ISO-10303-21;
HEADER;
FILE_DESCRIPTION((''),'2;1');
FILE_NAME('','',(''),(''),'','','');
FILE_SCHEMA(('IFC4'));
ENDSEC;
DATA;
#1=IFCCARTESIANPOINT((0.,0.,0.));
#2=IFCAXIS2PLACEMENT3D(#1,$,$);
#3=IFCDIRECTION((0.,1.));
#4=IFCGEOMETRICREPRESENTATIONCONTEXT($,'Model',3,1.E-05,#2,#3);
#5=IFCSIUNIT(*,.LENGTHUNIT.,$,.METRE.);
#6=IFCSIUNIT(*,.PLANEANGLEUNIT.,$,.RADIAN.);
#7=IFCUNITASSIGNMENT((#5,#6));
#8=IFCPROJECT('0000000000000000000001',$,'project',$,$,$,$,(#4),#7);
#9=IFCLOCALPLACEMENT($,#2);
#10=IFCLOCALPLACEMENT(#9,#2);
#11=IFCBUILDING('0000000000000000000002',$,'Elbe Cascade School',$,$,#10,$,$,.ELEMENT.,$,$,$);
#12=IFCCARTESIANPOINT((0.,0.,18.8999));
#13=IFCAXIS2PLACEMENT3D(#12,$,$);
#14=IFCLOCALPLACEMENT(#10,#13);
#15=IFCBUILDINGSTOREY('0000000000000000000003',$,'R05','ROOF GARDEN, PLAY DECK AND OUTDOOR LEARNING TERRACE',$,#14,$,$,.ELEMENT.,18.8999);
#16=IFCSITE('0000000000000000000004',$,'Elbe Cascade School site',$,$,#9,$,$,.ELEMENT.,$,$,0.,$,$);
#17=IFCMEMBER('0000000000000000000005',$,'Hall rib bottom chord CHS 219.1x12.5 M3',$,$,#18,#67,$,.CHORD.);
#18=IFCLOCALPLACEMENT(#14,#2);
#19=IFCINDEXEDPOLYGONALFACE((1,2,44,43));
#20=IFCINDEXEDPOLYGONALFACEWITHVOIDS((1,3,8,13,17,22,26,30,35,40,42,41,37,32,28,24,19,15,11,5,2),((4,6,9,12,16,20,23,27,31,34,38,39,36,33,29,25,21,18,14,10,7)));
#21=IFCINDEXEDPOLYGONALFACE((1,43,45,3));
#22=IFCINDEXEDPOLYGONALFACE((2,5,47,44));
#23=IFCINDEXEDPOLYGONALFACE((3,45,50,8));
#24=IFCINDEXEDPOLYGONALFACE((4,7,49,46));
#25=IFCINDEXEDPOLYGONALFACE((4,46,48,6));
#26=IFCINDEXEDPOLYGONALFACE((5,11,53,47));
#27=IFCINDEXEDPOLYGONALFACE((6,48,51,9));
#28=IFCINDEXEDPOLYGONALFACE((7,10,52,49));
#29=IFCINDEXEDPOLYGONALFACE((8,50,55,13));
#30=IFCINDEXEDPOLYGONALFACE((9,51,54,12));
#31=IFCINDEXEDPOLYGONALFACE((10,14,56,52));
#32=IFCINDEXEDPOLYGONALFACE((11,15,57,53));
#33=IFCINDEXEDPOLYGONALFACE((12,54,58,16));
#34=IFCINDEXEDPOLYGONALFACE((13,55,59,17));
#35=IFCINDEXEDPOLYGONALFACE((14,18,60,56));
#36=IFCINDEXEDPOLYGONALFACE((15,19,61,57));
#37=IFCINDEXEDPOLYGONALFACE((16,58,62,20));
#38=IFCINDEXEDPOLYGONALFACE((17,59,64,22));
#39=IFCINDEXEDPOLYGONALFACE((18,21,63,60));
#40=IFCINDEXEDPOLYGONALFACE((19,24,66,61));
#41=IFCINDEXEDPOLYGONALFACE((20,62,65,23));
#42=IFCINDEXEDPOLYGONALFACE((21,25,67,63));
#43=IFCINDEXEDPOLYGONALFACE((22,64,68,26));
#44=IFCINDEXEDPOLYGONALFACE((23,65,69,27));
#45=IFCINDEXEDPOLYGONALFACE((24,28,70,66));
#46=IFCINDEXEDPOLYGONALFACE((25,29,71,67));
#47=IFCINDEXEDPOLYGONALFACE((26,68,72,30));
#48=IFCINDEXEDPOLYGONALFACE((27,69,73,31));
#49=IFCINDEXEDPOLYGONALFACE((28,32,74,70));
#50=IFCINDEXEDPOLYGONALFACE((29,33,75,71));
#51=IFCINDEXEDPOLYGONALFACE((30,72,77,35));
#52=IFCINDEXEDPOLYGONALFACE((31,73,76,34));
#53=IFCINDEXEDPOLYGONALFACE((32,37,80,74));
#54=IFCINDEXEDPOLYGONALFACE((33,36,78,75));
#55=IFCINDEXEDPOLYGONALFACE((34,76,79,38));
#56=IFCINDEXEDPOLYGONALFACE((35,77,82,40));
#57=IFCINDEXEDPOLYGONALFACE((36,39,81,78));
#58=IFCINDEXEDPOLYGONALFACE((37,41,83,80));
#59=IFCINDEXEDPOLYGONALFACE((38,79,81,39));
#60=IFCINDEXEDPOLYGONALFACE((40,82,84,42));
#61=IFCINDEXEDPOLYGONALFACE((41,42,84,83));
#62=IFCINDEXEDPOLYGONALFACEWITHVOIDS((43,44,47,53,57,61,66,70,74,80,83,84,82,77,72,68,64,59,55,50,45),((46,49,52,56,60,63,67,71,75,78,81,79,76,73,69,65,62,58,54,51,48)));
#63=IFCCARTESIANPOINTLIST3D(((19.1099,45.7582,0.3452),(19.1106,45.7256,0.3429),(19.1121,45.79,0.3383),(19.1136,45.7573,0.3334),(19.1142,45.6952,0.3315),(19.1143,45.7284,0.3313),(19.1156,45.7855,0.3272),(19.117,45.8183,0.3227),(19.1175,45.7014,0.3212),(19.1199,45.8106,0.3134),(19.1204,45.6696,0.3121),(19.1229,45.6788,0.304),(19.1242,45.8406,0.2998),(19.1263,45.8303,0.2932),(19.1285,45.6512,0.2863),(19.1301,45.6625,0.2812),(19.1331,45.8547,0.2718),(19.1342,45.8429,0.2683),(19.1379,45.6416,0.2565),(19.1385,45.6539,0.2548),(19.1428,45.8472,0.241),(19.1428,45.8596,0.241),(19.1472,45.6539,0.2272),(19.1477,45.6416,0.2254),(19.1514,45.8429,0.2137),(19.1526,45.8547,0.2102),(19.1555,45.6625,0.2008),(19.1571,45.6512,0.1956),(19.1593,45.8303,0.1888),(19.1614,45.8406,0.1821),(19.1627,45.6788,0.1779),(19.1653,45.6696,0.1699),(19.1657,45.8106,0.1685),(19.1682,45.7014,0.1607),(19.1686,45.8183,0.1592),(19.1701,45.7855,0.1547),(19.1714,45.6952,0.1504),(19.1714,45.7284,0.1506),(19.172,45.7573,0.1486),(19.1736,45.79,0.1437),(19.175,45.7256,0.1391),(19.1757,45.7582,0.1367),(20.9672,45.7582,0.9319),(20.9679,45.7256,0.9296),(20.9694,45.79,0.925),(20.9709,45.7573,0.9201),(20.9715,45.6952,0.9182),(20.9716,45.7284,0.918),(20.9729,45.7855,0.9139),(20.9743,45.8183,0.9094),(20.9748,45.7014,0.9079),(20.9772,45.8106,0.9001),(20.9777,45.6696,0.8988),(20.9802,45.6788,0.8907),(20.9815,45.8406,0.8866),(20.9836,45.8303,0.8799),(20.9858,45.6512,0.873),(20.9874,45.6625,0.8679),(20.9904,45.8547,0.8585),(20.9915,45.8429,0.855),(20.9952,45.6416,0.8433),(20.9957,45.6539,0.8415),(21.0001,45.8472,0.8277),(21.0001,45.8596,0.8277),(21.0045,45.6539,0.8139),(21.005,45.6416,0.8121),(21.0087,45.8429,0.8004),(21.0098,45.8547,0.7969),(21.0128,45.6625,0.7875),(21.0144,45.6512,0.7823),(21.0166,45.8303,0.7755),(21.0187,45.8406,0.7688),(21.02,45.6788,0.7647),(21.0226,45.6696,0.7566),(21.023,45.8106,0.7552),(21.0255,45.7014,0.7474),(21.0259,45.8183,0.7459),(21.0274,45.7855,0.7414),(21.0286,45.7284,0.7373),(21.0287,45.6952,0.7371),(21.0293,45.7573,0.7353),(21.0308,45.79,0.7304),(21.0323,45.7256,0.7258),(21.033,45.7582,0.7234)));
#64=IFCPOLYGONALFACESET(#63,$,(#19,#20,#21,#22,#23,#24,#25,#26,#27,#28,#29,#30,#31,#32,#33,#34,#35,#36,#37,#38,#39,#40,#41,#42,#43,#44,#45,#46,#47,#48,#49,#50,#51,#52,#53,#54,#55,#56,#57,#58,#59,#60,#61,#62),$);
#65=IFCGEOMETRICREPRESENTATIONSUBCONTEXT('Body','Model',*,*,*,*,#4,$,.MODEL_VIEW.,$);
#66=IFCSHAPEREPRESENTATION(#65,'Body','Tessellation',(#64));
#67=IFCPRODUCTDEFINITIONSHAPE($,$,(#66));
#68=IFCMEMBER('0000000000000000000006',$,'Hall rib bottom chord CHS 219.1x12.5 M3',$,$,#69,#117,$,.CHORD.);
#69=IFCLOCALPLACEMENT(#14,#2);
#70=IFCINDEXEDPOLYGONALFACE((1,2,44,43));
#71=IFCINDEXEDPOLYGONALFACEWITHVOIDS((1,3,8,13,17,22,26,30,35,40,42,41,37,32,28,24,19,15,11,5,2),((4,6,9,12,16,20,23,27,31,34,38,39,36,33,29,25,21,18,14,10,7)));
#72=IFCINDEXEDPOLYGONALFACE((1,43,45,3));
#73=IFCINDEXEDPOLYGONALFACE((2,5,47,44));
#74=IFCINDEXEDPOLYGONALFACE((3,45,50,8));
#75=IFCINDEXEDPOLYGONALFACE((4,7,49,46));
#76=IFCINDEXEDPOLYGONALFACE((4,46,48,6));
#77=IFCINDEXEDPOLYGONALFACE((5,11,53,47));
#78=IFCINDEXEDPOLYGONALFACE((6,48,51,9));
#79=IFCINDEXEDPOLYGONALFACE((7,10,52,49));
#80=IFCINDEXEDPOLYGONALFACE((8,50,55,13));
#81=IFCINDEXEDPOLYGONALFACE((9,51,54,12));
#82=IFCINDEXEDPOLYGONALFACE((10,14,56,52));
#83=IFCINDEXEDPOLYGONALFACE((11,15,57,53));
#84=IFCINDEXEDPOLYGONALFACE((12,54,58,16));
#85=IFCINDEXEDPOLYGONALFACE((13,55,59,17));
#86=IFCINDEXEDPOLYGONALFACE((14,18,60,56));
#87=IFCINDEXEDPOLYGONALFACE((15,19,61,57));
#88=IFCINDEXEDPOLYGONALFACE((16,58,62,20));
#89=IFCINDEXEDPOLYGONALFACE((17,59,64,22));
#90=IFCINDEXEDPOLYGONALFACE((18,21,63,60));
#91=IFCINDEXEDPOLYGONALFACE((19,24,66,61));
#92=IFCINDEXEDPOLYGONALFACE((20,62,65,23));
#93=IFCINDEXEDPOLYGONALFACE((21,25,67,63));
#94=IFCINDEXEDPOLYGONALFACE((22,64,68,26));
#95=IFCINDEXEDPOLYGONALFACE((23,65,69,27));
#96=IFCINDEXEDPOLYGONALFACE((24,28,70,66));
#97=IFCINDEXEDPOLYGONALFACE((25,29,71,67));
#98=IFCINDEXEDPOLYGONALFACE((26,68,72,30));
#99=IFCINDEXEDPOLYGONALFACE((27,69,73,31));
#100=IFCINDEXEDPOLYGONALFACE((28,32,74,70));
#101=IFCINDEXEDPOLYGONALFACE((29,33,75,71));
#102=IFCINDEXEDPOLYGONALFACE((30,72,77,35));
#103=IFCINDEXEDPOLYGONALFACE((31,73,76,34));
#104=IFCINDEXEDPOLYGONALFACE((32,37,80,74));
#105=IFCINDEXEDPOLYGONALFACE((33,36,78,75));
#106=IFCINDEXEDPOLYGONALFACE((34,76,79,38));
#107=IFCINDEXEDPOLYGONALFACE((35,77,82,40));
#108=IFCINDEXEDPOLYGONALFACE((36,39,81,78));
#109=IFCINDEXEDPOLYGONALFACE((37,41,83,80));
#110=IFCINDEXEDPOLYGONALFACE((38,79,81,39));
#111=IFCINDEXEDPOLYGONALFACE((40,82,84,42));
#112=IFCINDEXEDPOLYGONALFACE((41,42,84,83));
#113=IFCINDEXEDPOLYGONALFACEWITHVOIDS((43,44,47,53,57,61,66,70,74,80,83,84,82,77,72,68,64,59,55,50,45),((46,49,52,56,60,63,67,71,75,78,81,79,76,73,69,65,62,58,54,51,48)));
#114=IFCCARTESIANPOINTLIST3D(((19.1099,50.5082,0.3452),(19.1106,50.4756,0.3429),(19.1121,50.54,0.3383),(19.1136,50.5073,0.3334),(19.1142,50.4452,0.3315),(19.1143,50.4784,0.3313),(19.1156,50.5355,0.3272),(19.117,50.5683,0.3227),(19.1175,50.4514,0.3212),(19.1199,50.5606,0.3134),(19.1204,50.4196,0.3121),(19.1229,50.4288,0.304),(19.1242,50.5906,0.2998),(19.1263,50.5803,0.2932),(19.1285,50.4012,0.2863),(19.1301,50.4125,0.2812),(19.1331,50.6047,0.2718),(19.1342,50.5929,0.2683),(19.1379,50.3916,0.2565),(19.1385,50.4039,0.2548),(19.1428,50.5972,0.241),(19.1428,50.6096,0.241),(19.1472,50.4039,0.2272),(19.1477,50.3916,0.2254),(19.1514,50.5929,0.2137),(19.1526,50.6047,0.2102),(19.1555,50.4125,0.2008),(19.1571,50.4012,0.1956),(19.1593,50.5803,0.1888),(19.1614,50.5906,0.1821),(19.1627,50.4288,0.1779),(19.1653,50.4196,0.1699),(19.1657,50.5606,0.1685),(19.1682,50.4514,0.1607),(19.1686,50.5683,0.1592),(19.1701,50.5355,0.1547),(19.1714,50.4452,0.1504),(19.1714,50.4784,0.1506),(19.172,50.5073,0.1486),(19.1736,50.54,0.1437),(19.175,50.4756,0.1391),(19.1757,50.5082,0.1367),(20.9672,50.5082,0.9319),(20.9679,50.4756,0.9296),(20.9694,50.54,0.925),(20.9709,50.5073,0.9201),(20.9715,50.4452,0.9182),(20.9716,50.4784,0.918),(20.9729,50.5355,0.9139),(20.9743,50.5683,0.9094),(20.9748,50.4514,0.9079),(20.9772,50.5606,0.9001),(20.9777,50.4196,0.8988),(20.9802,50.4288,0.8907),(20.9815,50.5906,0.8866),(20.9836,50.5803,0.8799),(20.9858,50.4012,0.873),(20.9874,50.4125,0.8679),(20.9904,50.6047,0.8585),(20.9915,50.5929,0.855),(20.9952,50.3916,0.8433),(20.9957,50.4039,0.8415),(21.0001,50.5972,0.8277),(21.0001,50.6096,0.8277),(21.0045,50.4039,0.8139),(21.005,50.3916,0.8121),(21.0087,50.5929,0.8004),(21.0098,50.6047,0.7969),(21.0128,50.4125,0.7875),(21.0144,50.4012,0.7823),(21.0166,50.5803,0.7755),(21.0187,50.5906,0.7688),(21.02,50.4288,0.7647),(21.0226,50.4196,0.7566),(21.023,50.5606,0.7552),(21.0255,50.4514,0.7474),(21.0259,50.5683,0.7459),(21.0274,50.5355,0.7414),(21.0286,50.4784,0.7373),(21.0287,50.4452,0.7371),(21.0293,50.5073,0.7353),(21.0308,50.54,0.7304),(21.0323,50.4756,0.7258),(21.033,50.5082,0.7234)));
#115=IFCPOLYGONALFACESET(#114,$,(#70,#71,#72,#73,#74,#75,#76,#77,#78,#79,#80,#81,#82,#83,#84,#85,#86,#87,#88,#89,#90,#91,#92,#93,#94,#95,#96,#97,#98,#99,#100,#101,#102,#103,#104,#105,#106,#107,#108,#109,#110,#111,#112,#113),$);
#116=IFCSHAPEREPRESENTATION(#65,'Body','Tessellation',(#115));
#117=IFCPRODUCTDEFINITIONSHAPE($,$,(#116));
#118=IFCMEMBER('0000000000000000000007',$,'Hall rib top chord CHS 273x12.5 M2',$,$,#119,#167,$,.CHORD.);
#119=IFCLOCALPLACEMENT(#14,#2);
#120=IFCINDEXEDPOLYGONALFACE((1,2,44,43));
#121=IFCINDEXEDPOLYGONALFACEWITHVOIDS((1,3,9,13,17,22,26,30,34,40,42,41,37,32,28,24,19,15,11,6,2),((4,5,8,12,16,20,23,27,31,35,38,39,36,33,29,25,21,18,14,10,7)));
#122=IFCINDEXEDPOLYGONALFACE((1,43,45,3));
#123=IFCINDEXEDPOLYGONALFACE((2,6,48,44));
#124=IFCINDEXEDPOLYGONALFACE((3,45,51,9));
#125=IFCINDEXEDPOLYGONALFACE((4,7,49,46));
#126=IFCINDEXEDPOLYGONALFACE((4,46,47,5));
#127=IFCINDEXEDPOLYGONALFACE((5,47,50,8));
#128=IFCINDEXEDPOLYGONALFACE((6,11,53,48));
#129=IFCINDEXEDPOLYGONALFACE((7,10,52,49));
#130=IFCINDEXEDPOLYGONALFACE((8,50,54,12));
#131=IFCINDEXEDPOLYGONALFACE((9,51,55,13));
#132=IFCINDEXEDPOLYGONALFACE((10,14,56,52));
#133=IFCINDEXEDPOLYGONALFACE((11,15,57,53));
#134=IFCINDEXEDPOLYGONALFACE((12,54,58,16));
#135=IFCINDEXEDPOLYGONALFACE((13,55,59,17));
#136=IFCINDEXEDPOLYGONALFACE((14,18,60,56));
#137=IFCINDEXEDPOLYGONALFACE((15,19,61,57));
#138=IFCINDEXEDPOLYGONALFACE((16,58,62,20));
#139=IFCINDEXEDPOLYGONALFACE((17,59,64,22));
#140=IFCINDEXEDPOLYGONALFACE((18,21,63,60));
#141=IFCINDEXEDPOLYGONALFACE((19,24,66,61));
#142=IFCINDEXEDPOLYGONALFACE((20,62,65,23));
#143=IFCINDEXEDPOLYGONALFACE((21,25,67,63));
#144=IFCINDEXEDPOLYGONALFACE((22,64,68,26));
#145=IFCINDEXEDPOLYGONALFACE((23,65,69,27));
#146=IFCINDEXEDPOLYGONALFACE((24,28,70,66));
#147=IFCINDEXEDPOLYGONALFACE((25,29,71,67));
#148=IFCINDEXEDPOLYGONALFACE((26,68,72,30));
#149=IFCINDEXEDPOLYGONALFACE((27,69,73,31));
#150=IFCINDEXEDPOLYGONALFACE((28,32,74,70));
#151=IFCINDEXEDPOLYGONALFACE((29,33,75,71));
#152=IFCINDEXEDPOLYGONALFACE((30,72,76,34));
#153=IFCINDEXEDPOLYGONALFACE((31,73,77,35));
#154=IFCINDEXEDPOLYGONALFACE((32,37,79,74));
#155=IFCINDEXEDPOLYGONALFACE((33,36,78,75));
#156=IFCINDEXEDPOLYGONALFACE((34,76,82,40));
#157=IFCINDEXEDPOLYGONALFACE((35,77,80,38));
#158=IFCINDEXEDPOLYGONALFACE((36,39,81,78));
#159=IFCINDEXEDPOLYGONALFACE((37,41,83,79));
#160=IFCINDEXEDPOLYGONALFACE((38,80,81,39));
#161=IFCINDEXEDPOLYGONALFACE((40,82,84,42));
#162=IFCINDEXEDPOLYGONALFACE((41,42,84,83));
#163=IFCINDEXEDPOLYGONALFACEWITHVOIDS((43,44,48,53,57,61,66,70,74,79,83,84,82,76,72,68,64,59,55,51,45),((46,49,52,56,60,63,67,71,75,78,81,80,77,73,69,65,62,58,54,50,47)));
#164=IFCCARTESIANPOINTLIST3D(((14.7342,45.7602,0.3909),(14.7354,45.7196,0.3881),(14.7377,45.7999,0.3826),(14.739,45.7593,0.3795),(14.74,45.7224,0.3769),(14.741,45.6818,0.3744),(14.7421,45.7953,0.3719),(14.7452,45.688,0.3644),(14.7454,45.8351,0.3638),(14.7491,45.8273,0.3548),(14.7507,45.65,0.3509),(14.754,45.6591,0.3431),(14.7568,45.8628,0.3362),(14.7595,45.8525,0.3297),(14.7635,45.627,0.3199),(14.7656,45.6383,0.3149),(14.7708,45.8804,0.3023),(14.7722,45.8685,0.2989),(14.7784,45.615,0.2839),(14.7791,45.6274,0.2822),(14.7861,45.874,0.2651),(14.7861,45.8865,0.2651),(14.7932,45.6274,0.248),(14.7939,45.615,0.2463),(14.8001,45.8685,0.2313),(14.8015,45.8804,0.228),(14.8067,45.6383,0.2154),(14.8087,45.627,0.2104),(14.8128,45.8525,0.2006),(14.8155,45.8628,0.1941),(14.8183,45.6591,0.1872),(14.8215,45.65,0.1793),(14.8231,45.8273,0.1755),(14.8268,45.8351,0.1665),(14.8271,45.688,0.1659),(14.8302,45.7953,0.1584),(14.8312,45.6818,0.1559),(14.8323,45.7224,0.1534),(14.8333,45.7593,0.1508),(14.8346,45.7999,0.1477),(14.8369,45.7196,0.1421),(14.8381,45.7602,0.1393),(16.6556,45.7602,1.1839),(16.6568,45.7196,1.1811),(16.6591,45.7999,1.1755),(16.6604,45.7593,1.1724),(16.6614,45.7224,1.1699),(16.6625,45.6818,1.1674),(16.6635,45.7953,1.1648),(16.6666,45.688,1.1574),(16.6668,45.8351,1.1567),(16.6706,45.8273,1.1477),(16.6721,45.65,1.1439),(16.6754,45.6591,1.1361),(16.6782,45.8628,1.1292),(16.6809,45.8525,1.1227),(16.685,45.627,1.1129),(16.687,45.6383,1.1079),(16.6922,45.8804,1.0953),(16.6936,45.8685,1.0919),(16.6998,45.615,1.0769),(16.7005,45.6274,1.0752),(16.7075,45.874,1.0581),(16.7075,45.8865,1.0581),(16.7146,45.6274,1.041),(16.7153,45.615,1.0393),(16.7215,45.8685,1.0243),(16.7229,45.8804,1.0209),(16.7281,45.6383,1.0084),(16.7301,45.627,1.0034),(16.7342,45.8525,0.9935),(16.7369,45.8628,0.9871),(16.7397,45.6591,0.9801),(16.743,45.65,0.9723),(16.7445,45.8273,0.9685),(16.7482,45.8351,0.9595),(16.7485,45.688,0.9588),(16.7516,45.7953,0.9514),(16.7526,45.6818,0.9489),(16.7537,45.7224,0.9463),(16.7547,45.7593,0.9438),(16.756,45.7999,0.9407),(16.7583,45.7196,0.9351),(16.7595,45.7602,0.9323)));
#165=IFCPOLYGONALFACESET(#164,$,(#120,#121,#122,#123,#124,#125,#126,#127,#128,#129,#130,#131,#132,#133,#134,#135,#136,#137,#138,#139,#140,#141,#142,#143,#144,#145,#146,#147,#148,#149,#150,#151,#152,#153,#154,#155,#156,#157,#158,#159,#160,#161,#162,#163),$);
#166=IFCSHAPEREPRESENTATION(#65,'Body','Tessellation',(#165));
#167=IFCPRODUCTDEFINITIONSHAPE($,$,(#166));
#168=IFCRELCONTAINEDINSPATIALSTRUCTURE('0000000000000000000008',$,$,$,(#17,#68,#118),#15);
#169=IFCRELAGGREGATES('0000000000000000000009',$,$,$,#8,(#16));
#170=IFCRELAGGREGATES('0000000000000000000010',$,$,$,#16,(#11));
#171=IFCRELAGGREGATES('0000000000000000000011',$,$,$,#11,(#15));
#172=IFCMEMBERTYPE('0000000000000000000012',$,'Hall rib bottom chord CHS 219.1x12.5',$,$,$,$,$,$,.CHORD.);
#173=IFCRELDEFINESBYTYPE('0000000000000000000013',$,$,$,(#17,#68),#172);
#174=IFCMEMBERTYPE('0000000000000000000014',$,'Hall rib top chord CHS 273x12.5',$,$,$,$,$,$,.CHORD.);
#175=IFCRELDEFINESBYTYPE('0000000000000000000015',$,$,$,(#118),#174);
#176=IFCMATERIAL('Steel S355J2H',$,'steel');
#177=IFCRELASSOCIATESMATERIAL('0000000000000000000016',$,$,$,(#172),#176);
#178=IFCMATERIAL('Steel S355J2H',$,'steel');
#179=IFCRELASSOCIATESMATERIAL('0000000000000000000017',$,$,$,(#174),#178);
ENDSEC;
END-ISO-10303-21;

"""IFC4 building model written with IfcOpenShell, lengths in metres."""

from ifc_helpers import new_model, si_unit, direction, frame, origin, origin_2d, place, context, subcontext, project, spatial, hollow_circle, extrude, material, material_profile, profile_set, type_object, element, save


model = new_model("IFC4")

# Units and contexts
model_context = context("Model", 3, precision=1e-05, world=origin(), true_north=direction((0.0, 1.0)))
body_context = subcontext(model_context, "Body", "Model", "MODEL_VIEW")
ifc_project = project(units=[si_unit("LENGTHUNIT", "METRE"), si_unit("PLANEANGLEUNIT", "RADIAN")], contexts=[model_context])

# Site, building, storey
site_placement = place(None, origin())
site = spatial("IfcSite", under=ifc_project, at=site_placement, Name="Elbe Cascade School site", CompositionType="ELEMENT", RefElevation=0.0)
building_placement = place(site_placement, origin())
building = spatial("IfcBuilding", under=site, at=building_placement, Name="Elbe Cascade School", CompositionType="ELEMENT")
storey_placement = place(building_placement, frame((0.0, 0.0, 18.8999)))
storey = spatial("IfcBuildingStorey", under=building, at=storey_placement, Name="R05", Description="ROOF GARDEN, PLAY DECK AND OUTDOOR LEARNING TERRACE", CompositionType="ELEMENT", Elevation=18.8999)

# Members
ifc_material_1 = material(Name="Steel S355J2H", Category="steel")
ifc_material_profile_1 = material_profile(ifc_material_1, hollow_circle(Radius=0.1096, WallThickness=0.0125, at=origin_2d()), Name="CHS 219.1x12.5")
ifc_profile_set_1 = profile_set([ifc_material_profile_1], Name="Steel S355J2H")
member_type_1 = type_object("IfcMemberType", Name="Hall rib bottom chord CHS 219.1x12.5", PredefinedType="CHORD", material=ifc_profile_set_1)
for number, where, z_axis, x_axis, name in (
    (1, (19.1428, 45.75, 0.241), (0.953554, 0.0, 0.301221), (0.0, 1.0, 0.0), "Hall rib bottom chord CHS 219.1x12.5 M3"),
    (2, (19.1428, 50.5, 0.241), (0.953554, 0.0, 0.301221), (0.0, 1.0, 0.0), "Hall rib bottom chord CHS 219.1x12.5 M3"),
):
    element("IfcMember", number, at=place(storey_placement, frame(where, z_axis=z_axis, x_axis=x_axis)), inside=storey, type_object=member_type_1, Name=name, PredefinedType="CHORD", context=body_context, shape_type="SweptSolid", body=[
        extrude(hollow_circle(Radius=0.1096, WallThickness=0.0125, at=origin_2d()), origin(), (0.0, 0.0, 1.0), 1.9478),
    ])
ifc_material_2 = material(Name="Steel S355J2H", Category="steel")
ifc_material_profile_2 = material_profile(ifc_material_2, hollow_circle(Radius=0.1365, WallThickness=0.0125, at=origin_2d()), Name="CHS 273x12.5")
ifc_profile_set_2 = profile_set([ifc_material_profile_2], Name="Steel S355J2H")
member_type_2 = type_object("IfcMemberType", Name="Hall rib top chord CHS 273x12.5", PredefinedType="CHORD", material=ifc_profile_set_2)
member_1_placement = place(storey_placement, frame((14.7861, 45.75, 0.2651), z_axis=(0.924371, 0.0, 0.381494), x_axis=(0.0, 1.0, 0.0)))
element("IfcMember", 3, at=member_1_placement, inside=storey, type_object=member_type_2, Name="Hall rib top chord CHS 273x12.5 M2", PredefinedType="CHORD", context=body_context, shape_type="SweptSolid", body=[
    extrude(hollow_circle(Radius=0.1365, WallThickness=0.0125, at=origin_2d()), origin(), (0.0, 0.0, 1.0), 2.0786),
])

save(model, "model.ifc")
